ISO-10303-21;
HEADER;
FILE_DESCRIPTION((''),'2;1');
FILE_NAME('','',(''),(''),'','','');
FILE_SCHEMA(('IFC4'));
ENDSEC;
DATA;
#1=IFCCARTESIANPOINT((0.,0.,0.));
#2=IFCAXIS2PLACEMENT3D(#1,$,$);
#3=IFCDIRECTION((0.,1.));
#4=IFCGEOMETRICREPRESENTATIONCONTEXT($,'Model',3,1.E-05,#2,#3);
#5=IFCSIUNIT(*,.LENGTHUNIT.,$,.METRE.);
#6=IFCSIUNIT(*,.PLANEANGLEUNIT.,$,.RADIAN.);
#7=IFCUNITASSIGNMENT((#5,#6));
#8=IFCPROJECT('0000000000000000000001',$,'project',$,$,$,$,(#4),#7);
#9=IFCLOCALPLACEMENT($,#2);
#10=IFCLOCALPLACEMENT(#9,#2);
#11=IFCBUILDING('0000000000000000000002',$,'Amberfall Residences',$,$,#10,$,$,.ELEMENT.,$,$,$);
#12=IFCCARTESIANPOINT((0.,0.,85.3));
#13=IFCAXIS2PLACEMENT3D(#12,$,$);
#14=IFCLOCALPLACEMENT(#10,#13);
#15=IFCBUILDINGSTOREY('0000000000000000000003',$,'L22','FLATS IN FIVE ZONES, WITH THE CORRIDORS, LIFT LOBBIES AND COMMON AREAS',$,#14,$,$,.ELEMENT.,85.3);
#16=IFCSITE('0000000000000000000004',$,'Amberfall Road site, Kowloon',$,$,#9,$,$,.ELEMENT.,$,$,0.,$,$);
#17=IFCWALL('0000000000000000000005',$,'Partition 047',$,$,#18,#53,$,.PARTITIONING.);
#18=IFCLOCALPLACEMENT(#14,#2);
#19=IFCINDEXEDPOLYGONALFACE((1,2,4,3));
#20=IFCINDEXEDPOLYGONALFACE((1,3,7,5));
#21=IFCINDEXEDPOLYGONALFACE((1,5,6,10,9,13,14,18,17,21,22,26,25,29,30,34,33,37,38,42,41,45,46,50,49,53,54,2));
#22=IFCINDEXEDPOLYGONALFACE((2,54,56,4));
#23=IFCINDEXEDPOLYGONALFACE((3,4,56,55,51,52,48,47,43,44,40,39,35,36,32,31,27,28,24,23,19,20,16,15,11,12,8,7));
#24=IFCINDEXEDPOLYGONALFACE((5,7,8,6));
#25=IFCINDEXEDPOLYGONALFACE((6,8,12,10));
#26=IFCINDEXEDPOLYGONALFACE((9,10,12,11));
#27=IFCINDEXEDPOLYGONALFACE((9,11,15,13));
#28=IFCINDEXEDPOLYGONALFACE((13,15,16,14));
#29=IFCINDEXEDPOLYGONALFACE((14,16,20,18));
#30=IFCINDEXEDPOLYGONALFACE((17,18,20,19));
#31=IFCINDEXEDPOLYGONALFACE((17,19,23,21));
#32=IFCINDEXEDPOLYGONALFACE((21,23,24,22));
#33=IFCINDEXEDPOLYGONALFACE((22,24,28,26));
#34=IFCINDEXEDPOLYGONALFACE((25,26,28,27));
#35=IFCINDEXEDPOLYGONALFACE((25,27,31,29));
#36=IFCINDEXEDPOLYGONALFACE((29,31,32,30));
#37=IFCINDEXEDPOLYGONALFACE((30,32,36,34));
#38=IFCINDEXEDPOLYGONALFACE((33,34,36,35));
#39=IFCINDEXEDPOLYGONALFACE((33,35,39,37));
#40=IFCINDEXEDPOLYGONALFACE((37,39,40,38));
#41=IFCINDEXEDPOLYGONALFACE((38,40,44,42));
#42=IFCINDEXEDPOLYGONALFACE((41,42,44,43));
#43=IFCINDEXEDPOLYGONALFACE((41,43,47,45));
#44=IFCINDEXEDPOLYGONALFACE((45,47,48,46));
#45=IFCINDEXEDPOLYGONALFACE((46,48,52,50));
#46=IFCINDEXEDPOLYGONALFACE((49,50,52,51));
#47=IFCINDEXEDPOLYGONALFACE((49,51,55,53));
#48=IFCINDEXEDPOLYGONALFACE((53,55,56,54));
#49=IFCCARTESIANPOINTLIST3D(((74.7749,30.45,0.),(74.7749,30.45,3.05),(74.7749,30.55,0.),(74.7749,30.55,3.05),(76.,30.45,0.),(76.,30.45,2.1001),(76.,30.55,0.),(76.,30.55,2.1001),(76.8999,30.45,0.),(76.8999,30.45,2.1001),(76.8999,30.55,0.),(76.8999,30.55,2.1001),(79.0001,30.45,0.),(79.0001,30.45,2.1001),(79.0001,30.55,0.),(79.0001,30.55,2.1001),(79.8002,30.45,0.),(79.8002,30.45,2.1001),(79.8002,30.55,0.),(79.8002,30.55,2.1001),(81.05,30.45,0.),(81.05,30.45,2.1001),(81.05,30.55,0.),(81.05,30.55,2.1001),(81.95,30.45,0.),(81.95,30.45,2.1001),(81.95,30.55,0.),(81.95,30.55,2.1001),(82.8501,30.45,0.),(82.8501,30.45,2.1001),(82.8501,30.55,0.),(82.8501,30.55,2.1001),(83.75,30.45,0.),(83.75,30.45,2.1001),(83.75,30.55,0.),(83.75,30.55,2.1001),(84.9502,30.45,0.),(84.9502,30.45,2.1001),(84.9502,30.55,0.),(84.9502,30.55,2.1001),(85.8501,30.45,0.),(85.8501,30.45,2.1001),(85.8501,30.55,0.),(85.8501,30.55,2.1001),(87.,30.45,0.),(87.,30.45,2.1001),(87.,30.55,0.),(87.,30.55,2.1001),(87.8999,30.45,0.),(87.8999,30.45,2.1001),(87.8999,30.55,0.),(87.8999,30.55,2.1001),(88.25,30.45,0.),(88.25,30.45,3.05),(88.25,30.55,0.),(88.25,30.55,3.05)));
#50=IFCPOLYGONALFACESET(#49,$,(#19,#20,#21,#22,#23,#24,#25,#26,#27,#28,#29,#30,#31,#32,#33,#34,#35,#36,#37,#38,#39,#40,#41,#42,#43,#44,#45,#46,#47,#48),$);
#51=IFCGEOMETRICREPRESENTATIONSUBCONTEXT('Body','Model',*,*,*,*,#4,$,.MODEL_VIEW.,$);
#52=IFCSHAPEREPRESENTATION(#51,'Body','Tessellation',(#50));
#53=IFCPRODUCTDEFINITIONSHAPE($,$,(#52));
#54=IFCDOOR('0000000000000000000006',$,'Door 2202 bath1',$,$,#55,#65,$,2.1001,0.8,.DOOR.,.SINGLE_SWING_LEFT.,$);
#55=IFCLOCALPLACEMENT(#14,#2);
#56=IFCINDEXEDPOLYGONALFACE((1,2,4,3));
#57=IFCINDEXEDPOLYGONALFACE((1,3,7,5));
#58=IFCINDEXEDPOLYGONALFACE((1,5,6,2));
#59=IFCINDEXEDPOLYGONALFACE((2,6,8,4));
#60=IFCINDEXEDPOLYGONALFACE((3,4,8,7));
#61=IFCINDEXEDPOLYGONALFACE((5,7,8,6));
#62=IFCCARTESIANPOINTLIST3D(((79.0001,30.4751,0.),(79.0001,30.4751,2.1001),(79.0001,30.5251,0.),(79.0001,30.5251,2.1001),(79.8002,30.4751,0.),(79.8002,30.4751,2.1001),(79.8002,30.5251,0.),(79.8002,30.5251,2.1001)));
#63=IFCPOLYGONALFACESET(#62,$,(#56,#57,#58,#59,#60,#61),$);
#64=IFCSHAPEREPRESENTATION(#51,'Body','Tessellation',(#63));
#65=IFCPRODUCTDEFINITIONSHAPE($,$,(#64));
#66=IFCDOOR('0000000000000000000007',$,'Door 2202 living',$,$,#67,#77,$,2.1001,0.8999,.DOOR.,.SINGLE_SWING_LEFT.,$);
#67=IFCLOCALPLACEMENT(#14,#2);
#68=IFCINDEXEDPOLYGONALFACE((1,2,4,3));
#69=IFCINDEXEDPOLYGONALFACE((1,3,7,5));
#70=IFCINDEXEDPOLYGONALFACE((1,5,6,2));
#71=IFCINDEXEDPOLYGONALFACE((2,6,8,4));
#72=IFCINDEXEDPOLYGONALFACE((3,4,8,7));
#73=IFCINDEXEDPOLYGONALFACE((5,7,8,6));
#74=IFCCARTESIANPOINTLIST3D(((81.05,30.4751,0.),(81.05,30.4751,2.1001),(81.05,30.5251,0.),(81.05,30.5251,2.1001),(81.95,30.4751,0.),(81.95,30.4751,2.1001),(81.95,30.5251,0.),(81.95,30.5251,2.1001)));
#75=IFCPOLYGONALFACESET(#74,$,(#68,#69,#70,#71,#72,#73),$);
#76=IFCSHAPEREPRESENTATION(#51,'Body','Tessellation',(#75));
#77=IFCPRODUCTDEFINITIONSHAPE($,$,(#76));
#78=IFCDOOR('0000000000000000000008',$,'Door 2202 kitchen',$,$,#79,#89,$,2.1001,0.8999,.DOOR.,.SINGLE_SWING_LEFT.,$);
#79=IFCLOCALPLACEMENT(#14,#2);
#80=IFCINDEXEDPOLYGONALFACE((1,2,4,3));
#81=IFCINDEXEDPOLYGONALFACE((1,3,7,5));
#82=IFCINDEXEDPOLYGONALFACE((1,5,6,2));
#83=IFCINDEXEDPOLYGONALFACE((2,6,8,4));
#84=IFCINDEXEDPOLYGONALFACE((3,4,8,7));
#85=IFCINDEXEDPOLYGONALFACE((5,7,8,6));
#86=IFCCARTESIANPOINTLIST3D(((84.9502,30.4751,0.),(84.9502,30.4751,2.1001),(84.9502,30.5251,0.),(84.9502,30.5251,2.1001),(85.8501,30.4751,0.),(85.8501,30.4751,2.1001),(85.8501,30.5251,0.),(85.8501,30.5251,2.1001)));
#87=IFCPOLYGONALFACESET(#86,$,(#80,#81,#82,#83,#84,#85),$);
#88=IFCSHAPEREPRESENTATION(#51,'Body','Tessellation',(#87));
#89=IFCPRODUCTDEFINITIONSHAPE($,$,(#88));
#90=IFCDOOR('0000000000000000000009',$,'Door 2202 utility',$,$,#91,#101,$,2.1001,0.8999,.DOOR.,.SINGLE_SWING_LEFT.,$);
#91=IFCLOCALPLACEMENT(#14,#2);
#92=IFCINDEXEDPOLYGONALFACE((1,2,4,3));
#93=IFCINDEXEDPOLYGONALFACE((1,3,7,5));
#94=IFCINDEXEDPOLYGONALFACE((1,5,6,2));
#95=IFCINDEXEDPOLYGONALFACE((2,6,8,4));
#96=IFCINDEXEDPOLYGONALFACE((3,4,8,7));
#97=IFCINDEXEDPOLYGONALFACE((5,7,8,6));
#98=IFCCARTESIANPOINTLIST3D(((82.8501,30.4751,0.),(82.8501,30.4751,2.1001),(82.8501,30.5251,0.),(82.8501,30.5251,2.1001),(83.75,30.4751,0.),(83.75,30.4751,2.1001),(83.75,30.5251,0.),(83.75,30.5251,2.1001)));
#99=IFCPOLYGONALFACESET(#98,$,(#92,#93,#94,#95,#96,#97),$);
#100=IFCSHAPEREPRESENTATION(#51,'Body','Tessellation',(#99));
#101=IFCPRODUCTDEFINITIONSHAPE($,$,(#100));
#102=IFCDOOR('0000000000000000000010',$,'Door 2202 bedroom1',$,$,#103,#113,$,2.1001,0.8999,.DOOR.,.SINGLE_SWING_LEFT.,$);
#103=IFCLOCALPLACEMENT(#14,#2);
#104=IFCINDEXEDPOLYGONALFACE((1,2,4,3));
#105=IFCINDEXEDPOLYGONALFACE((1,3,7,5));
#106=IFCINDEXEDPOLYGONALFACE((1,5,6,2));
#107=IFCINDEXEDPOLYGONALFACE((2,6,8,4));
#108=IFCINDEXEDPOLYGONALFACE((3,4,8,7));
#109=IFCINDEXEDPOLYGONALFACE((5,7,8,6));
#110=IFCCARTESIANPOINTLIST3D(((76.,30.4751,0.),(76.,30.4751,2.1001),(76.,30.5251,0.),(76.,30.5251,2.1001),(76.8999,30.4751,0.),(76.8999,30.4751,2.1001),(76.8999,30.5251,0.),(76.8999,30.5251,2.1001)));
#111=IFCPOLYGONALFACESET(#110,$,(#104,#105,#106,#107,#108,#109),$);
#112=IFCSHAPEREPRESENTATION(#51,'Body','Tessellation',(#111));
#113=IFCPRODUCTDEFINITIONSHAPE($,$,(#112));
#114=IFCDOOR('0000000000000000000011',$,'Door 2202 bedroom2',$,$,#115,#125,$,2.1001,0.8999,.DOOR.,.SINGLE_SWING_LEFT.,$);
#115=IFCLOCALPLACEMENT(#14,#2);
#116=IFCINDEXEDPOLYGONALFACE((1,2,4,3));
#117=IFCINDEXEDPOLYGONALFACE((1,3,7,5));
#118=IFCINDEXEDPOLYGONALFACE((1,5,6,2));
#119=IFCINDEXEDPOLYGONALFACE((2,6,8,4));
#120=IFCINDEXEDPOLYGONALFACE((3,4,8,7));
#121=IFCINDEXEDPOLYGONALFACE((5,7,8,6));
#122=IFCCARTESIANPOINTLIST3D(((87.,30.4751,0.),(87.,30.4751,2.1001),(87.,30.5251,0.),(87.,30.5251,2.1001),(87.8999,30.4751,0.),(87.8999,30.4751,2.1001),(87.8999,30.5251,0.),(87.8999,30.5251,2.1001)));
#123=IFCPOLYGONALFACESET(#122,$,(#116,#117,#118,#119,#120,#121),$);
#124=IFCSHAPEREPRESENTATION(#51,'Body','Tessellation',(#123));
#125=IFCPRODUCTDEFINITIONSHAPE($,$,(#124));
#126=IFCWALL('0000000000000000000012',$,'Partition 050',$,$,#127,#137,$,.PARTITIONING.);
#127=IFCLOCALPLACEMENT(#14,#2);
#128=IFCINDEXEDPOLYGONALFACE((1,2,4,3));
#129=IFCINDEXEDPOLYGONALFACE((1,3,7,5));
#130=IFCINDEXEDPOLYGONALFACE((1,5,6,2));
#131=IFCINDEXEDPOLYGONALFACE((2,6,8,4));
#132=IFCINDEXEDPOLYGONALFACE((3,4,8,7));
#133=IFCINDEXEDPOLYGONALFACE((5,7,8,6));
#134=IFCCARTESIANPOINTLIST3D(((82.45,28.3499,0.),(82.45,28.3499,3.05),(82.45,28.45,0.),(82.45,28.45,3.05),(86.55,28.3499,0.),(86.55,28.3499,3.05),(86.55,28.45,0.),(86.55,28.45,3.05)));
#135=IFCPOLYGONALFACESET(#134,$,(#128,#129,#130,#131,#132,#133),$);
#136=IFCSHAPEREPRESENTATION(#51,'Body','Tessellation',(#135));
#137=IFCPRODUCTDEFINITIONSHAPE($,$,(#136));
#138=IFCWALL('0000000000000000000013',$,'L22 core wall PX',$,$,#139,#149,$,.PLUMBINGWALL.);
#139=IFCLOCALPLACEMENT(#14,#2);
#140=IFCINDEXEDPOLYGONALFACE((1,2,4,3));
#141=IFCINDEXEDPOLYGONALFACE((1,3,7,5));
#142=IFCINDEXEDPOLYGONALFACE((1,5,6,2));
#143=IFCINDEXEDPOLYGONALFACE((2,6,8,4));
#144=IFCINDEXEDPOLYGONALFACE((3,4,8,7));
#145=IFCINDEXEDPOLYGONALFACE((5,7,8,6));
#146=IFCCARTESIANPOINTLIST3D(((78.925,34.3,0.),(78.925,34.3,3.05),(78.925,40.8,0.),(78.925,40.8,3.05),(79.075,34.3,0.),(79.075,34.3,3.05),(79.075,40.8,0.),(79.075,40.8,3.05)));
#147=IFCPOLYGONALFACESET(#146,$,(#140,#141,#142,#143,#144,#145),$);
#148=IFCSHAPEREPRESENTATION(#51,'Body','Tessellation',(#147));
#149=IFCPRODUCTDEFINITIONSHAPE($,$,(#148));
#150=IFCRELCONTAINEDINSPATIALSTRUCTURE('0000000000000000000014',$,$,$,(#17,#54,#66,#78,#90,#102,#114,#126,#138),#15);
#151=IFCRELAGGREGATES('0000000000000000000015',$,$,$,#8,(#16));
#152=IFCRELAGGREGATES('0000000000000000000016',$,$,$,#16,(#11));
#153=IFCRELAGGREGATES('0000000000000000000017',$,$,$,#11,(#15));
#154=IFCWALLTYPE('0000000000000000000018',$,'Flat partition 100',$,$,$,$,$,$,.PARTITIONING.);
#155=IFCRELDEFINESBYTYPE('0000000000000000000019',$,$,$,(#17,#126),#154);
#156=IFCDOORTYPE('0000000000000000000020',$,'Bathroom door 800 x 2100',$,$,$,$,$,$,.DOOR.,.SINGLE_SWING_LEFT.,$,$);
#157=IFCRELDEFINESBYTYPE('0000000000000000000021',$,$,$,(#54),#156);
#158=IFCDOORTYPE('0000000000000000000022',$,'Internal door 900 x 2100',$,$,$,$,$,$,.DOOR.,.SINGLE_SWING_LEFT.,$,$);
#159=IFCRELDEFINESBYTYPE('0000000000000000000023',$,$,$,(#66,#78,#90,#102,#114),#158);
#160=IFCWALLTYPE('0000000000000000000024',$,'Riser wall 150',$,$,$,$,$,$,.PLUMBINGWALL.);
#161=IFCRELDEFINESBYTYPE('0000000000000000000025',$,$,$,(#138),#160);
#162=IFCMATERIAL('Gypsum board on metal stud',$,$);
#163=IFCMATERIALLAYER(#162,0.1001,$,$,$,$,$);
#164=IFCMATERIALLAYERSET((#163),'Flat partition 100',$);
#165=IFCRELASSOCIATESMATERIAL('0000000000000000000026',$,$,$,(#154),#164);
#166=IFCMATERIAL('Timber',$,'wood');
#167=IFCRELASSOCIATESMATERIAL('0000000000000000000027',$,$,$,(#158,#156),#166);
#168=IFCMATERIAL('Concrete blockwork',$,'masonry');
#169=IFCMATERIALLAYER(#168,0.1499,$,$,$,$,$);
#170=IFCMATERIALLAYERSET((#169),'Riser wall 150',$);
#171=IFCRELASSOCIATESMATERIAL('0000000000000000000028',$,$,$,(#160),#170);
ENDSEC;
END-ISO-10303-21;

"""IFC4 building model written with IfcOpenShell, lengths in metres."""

from ifc_helpers import new_model, si_unit, direction, frame, frame_2d, origin, place, context, subcontext, project, spatial, rectangle, extrude, material, layer, layer_set, type_object, element, fill, save


model = new_model("IFC4")

# Units and contexts
model_context = context("Model", 3, precision=1e-05, world=origin(), true_north=direction((0.0, 1.0)))
body_context = subcontext(model_context, "Body", "Model", "MODEL_VIEW")
ifc_project = project(units=[si_unit("LENGTHUNIT", "METRE"), si_unit("PLANEANGLEUNIT", "RADIAN")], contexts=[model_context])

# Site, building, storey
site_placement = place(None, origin())
site = spatial("IfcSite", under=ifc_project, at=site_placement, Name="Amberfall Road site, Kowloon", CompositionType="ELEMENT", RefElevation=0.0)
building_placement = place(site_placement, origin())
building = spatial("IfcBuilding", under=site, at=building_placement, Name="Amberfall Residences", CompositionType="ELEMENT")
storey_placement = place(building_placement, frame((0.0, 0.0, 85.3)))
storey = spatial("IfcBuildingStorey", under=building, at=storey_placement, Name="L22", Description="FLATS IN FIVE ZONES, WITH THE CORRIDORS, LIFT LOBBIES AND COMMON AREAS", CompositionType="ELEMENT", Elevation=85.3)

# Shared definitions
ifc_material_1 = material(Name="Gypsum board on metal stud")
ifc_layer_1 = layer(ifc_material_1, 0.1001)
ifc_layer_set_1 = layer_set([ifc_layer_1], Name="Flat partition 100")
wall_type_1 = type_object("IfcWallType", Name="Flat partition 100", PredefinedType="PARTITIONING", material=ifc_layer_set_1)

# Wall, openings, doors
ifc_material_2 = material(Name="Timber", Category="wood")
door_type_1 = type_object("IfcDoorType", Name="Internal door 900 x 2100", OperationType="SINGLE_SWING_LEFT", PredefinedType="DOOR", material=ifc_material_2)
wall_1_placement = place(storey_placement, frame((88.25, 30.5, 0.0), z_axis=(0.0, 0.0, 1.0), x_axis=(-1.0, 0.0, 0.0)))
wall_1 = element("IfcWall", 1, at=wall_1_placement, inside=storey, type_object=wall_type_1, Name="Partition 047", PredefinedType="PARTITIONING", context=body_context, shape_type="SweptSolid", body=[
    extrude(rectangle(XDim=13.4751, YDim=0.1001, at=frame_2d((6.7375, 0.0))), origin(), (0.0, 0.0, 1.0), 3.05),
])
opening_1_placement = place(wall_1_placement, frame((6.3, 0.0, 0.0)))
opening_1 = element("IfcOpeningElement", 2, at=opening_1_placement, cuts=wall_1, PredefinedType="OPENING", context=body_context, shape_type="SweptSolid", body=[
    extrude(rectangle(XDim=0.8999, YDim=2.1001, at=frame_2d((0.45, 1.05))), frame((0.0, 0.0601, 0.0), z_axis=(0.0, -1.0, 0.0), x_axis=(1.0, 0.0, 0.0)), (0.0, 0.0, 1.0), 0.1201),
])
opening_2_placement = place(wall_1_placement, frame((2.3999, 0.0, 0.0)))
opening_2 = element("IfcOpeningElement", 3, at=opening_2_placement, cuts=wall_1, PredefinedType="OPENING", context=body_context, shape_type="SweptSolid", body=[
    extrude(rectangle(XDim=0.8999, YDim=2.1001, at=frame_2d((0.45, 1.05))), frame((0.0, 0.0601, 0.0), z_axis=(0.0, -1.0, 0.0), x_axis=(1.0, 0.0, 0.0)), (0.0, 0.0, 1.0), 0.1201),
])
opening_3_placement = place(wall_1_placement, frame((4.5, 0.0, 0.0)))
opening_3 = element("IfcOpeningElement", 4, at=opening_3_placement, cuts=wall_1, PredefinedType="OPENING", context=body_context, shape_type="SweptSolid", body=[
    extrude(rectangle(XDim=0.8999, YDim=2.1001, at=frame_2d((0.45, 1.05))), frame((0.0, 0.0601, 0.0), z_axis=(0.0, -1.0, 0.0), x_axis=(1.0, 0.0, 0.0)), (0.0, 0.0, 1.0), 0.1201),
])
opening_4_placement = place(wall_1_placement, frame((11.3501, 0.0, 0.0)))
opening_4 = element("IfcOpeningElement", 5, at=opening_4_placement, cuts=wall_1, PredefinedType="OPENING", context=body_context, shape_type="SweptSolid", body=[
    extrude(rectangle(XDim=0.8999, YDim=2.1001, at=frame_2d((0.45, 1.05))), frame((0.0, 0.0601, 0.0), z_axis=(0.0, -1.0, 0.0), x_axis=(1.0, 0.0, 0.0)), (0.0, 0.0, 1.0), 0.1201),
])
opening_5_placement = place(wall_1_placement, frame((0.3501, 0.0, 0.0)))
opening_5 = element("IfcOpeningElement", 6, at=opening_5_placement, cuts=wall_1, PredefinedType="OPENING", context=body_context, shape_type="SweptSolid", body=[
    extrude(rectangle(XDim=0.8999, YDim=2.1001, at=frame_2d((0.45, 1.05))), frame((0.0, 0.0601, 0.0), z_axis=(0.0, -1.0, 0.0), x_axis=(1.0, 0.0, 0.0)), (0.0, 0.0, 1.0), 0.1201),
])
opening_6_placement = place(wall_1_placement, frame((8.45, 0.0, 0.0)))
opening_6 = element("IfcOpeningElement", 7, at=opening_6_placement, cuts=wall_1, PredefinedType="OPENING", context=body_context, shape_type="SweptSolid", body=[
    extrude(rectangle(XDim=0.8, YDim=2.1001, at=frame_2d((0.3999, 1.05))), frame((0.0, 0.0601, 0.0), z_axis=(0.0, -1.0, 0.0), x_axis=(1.0, 0.0, 0.0)), (0.0, 0.0, 1.0), 0.1201),
])
door_type_2 = type_object("IfcDoorType", Name="Bathroom door 800 x 2100", OperationType="SINGLE_SWING_LEFT", PredefinedType="DOOR", material=ifc_material_2)
door_1_placement = place(opening_6_placement, origin())
door_1 = element("IfcDoor", 8, at=door_1_placement, inside=storey, type_object=door_type_2, Name="Door 2202 bath1", OperationType="SINGLE_SWING_LEFT", OverallHeight=2.1001, OverallWidth=0.8, PredefinedType="DOOR", context=body_context, shape_type="SweptSolid", body=[
    extrude(rectangle(XDim=0.8, YDim=2.1001, at=frame_2d((0.3999, 1.05))), frame((0.0, 0.0249, 0.0), z_axis=(0.0, -1.0, 0.0), x_axis=(1.0, 0.0, 0.0)), (0.0, 0.0, 1.0), 0.05),
])
fill(opening_6, door_1)
door_2_placement = place(opening_1_placement, origin())
door_2 = element("IfcDoor", 9, at=door_2_placement, inside=storey, type_object=door_type_1, Name="Door 2202 living", OperationType="SINGLE_SWING_LEFT", OverallHeight=2.1001, OverallWidth=0.8999, PredefinedType="DOOR", context=body_context, shape_type="SweptSolid", body=[
    extrude(rectangle(XDim=0.8999, YDim=2.1001, at=frame_2d((0.45, 1.05))), frame((0.0, 0.0249, 0.0), z_axis=(0.0, -1.0, 0.0), x_axis=(1.0, 0.0, 0.0)), (0.0, 0.0, 1.0), 0.05),
])
fill(opening_1, door_2)
door_3_placement = place(opening_2_placement, origin())
door_3 = element("IfcDoor", 10, at=door_3_placement, inside=storey, type_object=door_type_1, Name="Door 2202 kitchen", OperationType="SINGLE_SWING_LEFT", OverallHeight=2.1001, OverallWidth=0.8999, PredefinedType="DOOR", context=body_context, shape_type="SweptSolid", body=[
    extrude(rectangle(XDim=0.8999, YDim=2.1001, at=frame_2d((0.45, 1.05))), frame((0.0, 0.0249, 0.0), z_axis=(0.0, -1.0, 0.0), x_axis=(1.0, 0.0, 0.0)), (0.0, 0.0, 1.0), 0.05),
])
fill(opening_2, door_3)
door_4_placement = place(opening_3_placement, origin())
door_4 = element("IfcDoor", 11, at=door_4_placement, inside=storey, type_object=door_type_1, Name="Door 2202 utility", OperationType="SINGLE_SWING_LEFT", OverallHeight=2.1001, OverallWidth=0.8999, PredefinedType="DOOR", context=body_context, shape_type="SweptSolid", body=[
    extrude(rectangle(XDim=0.8999, YDim=2.1001, at=frame_2d((0.45, 1.05))), frame((0.0, 0.0249, 0.0), z_axis=(0.0, -1.0, 0.0), x_axis=(1.0, 0.0, 0.0)), (0.0, 0.0, 1.0), 0.05),
])
fill(opening_3, door_4)
door_5_placement = place(opening_4_placement, origin())
door_5 = element("IfcDoor", 12, at=door_5_placement, inside=storey, type_object=door_type_1, Name="Door 2202 bedroom1", OperationType="SINGLE_SWING_LEFT", OverallHeight=2.1001, OverallWidth=0.8999, PredefinedType="DOOR", context=body_context, shape_type="SweptSolid", body=[
    extrude(rectangle(XDim=0.8999, YDim=2.1001, at=frame_2d((0.45, 1.05))), frame((0.0, 0.0249, 0.0), z_axis=(0.0, -1.0, 0.0), x_axis=(1.0, 0.0, 0.0)), (0.0, 0.0, 1.0), 0.05),
])
fill(opening_4, door_5)
door_6_placement = place(opening_5_placement, origin())
door_6 = element("IfcDoor", 13, at=door_6_placement, inside=storey, type_object=door_type_1, Name="Door 2202 bedroom2", OperationType="SINGLE_SWING_LEFT", OverallHeight=2.1001, OverallWidth=0.8999, PredefinedType="DOOR", context=body_context, shape_type="SweptSolid", body=[
    extrude(rectangle(XDim=0.8999, YDim=2.1001, at=frame_2d((0.45, 1.05))), frame((0.0, 0.0249, 0.0), z_axis=(0.0, -1.0, 0.0), x_axis=(1.0, 0.0, 0.0)), (0.0, 0.0, 1.0), 0.05),
])
fill(opening_5, door_6)

# Walls
wall_2_placement = place(storey_placement, frame((82.45, 28.3999, 0.0), z_axis=(0.0, 0.0, 1.0), x_axis=(1.0, 0.0, 0.0)))
element("IfcWall", 14, at=wall_2_placement, inside=storey, type_object=wall_type_1, Name="Partition 050", PredefinedType="PARTITIONING", context=body_context, shape_type="SweptSolid", body=[
    extrude(rectangle(XDim=4.1001, YDim=0.1001, at=frame_2d((2.05, 0.0))), origin(), (0.0, 0.0, 1.0), 3.05),
])
ifc_material_3 = material(Name="Concrete blockwork", Category="masonry")
ifc_layer_2 = layer(ifc_material_3, 0.1499)
ifc_layer_set_2 = layer_set([ifc_layer_2], Name="Riser wall 150")
wall_type_2 = type_object("IfcWallType", Name="Riser wall 150", PredefinedType="PLUMBINGWALL", material=ifc_layer_set_2)
wall_3_placement = place(storey_placement, frame((79.0, 34.3, 0.0), z_axis=(0.0, 0.0, 1.0), x_axis=(0.0, 1.0, 0.0)))
element("IfcWall", 15, at=wall_3_placement, inside=storey, type_object=wall_type_2, Name="L22 core wall PX", PredefinedType="PLUMBINGWALL", context=body_context, shape_type="SweptSolid", body=[
    extrude(rectangle(XDim=6.5, YDim=0.1499, at=frame_2d((3.25, 0.0))), origin(), (0.0, 0.0, 1.0), 3.05),
])

save(model, "model.ifc")
